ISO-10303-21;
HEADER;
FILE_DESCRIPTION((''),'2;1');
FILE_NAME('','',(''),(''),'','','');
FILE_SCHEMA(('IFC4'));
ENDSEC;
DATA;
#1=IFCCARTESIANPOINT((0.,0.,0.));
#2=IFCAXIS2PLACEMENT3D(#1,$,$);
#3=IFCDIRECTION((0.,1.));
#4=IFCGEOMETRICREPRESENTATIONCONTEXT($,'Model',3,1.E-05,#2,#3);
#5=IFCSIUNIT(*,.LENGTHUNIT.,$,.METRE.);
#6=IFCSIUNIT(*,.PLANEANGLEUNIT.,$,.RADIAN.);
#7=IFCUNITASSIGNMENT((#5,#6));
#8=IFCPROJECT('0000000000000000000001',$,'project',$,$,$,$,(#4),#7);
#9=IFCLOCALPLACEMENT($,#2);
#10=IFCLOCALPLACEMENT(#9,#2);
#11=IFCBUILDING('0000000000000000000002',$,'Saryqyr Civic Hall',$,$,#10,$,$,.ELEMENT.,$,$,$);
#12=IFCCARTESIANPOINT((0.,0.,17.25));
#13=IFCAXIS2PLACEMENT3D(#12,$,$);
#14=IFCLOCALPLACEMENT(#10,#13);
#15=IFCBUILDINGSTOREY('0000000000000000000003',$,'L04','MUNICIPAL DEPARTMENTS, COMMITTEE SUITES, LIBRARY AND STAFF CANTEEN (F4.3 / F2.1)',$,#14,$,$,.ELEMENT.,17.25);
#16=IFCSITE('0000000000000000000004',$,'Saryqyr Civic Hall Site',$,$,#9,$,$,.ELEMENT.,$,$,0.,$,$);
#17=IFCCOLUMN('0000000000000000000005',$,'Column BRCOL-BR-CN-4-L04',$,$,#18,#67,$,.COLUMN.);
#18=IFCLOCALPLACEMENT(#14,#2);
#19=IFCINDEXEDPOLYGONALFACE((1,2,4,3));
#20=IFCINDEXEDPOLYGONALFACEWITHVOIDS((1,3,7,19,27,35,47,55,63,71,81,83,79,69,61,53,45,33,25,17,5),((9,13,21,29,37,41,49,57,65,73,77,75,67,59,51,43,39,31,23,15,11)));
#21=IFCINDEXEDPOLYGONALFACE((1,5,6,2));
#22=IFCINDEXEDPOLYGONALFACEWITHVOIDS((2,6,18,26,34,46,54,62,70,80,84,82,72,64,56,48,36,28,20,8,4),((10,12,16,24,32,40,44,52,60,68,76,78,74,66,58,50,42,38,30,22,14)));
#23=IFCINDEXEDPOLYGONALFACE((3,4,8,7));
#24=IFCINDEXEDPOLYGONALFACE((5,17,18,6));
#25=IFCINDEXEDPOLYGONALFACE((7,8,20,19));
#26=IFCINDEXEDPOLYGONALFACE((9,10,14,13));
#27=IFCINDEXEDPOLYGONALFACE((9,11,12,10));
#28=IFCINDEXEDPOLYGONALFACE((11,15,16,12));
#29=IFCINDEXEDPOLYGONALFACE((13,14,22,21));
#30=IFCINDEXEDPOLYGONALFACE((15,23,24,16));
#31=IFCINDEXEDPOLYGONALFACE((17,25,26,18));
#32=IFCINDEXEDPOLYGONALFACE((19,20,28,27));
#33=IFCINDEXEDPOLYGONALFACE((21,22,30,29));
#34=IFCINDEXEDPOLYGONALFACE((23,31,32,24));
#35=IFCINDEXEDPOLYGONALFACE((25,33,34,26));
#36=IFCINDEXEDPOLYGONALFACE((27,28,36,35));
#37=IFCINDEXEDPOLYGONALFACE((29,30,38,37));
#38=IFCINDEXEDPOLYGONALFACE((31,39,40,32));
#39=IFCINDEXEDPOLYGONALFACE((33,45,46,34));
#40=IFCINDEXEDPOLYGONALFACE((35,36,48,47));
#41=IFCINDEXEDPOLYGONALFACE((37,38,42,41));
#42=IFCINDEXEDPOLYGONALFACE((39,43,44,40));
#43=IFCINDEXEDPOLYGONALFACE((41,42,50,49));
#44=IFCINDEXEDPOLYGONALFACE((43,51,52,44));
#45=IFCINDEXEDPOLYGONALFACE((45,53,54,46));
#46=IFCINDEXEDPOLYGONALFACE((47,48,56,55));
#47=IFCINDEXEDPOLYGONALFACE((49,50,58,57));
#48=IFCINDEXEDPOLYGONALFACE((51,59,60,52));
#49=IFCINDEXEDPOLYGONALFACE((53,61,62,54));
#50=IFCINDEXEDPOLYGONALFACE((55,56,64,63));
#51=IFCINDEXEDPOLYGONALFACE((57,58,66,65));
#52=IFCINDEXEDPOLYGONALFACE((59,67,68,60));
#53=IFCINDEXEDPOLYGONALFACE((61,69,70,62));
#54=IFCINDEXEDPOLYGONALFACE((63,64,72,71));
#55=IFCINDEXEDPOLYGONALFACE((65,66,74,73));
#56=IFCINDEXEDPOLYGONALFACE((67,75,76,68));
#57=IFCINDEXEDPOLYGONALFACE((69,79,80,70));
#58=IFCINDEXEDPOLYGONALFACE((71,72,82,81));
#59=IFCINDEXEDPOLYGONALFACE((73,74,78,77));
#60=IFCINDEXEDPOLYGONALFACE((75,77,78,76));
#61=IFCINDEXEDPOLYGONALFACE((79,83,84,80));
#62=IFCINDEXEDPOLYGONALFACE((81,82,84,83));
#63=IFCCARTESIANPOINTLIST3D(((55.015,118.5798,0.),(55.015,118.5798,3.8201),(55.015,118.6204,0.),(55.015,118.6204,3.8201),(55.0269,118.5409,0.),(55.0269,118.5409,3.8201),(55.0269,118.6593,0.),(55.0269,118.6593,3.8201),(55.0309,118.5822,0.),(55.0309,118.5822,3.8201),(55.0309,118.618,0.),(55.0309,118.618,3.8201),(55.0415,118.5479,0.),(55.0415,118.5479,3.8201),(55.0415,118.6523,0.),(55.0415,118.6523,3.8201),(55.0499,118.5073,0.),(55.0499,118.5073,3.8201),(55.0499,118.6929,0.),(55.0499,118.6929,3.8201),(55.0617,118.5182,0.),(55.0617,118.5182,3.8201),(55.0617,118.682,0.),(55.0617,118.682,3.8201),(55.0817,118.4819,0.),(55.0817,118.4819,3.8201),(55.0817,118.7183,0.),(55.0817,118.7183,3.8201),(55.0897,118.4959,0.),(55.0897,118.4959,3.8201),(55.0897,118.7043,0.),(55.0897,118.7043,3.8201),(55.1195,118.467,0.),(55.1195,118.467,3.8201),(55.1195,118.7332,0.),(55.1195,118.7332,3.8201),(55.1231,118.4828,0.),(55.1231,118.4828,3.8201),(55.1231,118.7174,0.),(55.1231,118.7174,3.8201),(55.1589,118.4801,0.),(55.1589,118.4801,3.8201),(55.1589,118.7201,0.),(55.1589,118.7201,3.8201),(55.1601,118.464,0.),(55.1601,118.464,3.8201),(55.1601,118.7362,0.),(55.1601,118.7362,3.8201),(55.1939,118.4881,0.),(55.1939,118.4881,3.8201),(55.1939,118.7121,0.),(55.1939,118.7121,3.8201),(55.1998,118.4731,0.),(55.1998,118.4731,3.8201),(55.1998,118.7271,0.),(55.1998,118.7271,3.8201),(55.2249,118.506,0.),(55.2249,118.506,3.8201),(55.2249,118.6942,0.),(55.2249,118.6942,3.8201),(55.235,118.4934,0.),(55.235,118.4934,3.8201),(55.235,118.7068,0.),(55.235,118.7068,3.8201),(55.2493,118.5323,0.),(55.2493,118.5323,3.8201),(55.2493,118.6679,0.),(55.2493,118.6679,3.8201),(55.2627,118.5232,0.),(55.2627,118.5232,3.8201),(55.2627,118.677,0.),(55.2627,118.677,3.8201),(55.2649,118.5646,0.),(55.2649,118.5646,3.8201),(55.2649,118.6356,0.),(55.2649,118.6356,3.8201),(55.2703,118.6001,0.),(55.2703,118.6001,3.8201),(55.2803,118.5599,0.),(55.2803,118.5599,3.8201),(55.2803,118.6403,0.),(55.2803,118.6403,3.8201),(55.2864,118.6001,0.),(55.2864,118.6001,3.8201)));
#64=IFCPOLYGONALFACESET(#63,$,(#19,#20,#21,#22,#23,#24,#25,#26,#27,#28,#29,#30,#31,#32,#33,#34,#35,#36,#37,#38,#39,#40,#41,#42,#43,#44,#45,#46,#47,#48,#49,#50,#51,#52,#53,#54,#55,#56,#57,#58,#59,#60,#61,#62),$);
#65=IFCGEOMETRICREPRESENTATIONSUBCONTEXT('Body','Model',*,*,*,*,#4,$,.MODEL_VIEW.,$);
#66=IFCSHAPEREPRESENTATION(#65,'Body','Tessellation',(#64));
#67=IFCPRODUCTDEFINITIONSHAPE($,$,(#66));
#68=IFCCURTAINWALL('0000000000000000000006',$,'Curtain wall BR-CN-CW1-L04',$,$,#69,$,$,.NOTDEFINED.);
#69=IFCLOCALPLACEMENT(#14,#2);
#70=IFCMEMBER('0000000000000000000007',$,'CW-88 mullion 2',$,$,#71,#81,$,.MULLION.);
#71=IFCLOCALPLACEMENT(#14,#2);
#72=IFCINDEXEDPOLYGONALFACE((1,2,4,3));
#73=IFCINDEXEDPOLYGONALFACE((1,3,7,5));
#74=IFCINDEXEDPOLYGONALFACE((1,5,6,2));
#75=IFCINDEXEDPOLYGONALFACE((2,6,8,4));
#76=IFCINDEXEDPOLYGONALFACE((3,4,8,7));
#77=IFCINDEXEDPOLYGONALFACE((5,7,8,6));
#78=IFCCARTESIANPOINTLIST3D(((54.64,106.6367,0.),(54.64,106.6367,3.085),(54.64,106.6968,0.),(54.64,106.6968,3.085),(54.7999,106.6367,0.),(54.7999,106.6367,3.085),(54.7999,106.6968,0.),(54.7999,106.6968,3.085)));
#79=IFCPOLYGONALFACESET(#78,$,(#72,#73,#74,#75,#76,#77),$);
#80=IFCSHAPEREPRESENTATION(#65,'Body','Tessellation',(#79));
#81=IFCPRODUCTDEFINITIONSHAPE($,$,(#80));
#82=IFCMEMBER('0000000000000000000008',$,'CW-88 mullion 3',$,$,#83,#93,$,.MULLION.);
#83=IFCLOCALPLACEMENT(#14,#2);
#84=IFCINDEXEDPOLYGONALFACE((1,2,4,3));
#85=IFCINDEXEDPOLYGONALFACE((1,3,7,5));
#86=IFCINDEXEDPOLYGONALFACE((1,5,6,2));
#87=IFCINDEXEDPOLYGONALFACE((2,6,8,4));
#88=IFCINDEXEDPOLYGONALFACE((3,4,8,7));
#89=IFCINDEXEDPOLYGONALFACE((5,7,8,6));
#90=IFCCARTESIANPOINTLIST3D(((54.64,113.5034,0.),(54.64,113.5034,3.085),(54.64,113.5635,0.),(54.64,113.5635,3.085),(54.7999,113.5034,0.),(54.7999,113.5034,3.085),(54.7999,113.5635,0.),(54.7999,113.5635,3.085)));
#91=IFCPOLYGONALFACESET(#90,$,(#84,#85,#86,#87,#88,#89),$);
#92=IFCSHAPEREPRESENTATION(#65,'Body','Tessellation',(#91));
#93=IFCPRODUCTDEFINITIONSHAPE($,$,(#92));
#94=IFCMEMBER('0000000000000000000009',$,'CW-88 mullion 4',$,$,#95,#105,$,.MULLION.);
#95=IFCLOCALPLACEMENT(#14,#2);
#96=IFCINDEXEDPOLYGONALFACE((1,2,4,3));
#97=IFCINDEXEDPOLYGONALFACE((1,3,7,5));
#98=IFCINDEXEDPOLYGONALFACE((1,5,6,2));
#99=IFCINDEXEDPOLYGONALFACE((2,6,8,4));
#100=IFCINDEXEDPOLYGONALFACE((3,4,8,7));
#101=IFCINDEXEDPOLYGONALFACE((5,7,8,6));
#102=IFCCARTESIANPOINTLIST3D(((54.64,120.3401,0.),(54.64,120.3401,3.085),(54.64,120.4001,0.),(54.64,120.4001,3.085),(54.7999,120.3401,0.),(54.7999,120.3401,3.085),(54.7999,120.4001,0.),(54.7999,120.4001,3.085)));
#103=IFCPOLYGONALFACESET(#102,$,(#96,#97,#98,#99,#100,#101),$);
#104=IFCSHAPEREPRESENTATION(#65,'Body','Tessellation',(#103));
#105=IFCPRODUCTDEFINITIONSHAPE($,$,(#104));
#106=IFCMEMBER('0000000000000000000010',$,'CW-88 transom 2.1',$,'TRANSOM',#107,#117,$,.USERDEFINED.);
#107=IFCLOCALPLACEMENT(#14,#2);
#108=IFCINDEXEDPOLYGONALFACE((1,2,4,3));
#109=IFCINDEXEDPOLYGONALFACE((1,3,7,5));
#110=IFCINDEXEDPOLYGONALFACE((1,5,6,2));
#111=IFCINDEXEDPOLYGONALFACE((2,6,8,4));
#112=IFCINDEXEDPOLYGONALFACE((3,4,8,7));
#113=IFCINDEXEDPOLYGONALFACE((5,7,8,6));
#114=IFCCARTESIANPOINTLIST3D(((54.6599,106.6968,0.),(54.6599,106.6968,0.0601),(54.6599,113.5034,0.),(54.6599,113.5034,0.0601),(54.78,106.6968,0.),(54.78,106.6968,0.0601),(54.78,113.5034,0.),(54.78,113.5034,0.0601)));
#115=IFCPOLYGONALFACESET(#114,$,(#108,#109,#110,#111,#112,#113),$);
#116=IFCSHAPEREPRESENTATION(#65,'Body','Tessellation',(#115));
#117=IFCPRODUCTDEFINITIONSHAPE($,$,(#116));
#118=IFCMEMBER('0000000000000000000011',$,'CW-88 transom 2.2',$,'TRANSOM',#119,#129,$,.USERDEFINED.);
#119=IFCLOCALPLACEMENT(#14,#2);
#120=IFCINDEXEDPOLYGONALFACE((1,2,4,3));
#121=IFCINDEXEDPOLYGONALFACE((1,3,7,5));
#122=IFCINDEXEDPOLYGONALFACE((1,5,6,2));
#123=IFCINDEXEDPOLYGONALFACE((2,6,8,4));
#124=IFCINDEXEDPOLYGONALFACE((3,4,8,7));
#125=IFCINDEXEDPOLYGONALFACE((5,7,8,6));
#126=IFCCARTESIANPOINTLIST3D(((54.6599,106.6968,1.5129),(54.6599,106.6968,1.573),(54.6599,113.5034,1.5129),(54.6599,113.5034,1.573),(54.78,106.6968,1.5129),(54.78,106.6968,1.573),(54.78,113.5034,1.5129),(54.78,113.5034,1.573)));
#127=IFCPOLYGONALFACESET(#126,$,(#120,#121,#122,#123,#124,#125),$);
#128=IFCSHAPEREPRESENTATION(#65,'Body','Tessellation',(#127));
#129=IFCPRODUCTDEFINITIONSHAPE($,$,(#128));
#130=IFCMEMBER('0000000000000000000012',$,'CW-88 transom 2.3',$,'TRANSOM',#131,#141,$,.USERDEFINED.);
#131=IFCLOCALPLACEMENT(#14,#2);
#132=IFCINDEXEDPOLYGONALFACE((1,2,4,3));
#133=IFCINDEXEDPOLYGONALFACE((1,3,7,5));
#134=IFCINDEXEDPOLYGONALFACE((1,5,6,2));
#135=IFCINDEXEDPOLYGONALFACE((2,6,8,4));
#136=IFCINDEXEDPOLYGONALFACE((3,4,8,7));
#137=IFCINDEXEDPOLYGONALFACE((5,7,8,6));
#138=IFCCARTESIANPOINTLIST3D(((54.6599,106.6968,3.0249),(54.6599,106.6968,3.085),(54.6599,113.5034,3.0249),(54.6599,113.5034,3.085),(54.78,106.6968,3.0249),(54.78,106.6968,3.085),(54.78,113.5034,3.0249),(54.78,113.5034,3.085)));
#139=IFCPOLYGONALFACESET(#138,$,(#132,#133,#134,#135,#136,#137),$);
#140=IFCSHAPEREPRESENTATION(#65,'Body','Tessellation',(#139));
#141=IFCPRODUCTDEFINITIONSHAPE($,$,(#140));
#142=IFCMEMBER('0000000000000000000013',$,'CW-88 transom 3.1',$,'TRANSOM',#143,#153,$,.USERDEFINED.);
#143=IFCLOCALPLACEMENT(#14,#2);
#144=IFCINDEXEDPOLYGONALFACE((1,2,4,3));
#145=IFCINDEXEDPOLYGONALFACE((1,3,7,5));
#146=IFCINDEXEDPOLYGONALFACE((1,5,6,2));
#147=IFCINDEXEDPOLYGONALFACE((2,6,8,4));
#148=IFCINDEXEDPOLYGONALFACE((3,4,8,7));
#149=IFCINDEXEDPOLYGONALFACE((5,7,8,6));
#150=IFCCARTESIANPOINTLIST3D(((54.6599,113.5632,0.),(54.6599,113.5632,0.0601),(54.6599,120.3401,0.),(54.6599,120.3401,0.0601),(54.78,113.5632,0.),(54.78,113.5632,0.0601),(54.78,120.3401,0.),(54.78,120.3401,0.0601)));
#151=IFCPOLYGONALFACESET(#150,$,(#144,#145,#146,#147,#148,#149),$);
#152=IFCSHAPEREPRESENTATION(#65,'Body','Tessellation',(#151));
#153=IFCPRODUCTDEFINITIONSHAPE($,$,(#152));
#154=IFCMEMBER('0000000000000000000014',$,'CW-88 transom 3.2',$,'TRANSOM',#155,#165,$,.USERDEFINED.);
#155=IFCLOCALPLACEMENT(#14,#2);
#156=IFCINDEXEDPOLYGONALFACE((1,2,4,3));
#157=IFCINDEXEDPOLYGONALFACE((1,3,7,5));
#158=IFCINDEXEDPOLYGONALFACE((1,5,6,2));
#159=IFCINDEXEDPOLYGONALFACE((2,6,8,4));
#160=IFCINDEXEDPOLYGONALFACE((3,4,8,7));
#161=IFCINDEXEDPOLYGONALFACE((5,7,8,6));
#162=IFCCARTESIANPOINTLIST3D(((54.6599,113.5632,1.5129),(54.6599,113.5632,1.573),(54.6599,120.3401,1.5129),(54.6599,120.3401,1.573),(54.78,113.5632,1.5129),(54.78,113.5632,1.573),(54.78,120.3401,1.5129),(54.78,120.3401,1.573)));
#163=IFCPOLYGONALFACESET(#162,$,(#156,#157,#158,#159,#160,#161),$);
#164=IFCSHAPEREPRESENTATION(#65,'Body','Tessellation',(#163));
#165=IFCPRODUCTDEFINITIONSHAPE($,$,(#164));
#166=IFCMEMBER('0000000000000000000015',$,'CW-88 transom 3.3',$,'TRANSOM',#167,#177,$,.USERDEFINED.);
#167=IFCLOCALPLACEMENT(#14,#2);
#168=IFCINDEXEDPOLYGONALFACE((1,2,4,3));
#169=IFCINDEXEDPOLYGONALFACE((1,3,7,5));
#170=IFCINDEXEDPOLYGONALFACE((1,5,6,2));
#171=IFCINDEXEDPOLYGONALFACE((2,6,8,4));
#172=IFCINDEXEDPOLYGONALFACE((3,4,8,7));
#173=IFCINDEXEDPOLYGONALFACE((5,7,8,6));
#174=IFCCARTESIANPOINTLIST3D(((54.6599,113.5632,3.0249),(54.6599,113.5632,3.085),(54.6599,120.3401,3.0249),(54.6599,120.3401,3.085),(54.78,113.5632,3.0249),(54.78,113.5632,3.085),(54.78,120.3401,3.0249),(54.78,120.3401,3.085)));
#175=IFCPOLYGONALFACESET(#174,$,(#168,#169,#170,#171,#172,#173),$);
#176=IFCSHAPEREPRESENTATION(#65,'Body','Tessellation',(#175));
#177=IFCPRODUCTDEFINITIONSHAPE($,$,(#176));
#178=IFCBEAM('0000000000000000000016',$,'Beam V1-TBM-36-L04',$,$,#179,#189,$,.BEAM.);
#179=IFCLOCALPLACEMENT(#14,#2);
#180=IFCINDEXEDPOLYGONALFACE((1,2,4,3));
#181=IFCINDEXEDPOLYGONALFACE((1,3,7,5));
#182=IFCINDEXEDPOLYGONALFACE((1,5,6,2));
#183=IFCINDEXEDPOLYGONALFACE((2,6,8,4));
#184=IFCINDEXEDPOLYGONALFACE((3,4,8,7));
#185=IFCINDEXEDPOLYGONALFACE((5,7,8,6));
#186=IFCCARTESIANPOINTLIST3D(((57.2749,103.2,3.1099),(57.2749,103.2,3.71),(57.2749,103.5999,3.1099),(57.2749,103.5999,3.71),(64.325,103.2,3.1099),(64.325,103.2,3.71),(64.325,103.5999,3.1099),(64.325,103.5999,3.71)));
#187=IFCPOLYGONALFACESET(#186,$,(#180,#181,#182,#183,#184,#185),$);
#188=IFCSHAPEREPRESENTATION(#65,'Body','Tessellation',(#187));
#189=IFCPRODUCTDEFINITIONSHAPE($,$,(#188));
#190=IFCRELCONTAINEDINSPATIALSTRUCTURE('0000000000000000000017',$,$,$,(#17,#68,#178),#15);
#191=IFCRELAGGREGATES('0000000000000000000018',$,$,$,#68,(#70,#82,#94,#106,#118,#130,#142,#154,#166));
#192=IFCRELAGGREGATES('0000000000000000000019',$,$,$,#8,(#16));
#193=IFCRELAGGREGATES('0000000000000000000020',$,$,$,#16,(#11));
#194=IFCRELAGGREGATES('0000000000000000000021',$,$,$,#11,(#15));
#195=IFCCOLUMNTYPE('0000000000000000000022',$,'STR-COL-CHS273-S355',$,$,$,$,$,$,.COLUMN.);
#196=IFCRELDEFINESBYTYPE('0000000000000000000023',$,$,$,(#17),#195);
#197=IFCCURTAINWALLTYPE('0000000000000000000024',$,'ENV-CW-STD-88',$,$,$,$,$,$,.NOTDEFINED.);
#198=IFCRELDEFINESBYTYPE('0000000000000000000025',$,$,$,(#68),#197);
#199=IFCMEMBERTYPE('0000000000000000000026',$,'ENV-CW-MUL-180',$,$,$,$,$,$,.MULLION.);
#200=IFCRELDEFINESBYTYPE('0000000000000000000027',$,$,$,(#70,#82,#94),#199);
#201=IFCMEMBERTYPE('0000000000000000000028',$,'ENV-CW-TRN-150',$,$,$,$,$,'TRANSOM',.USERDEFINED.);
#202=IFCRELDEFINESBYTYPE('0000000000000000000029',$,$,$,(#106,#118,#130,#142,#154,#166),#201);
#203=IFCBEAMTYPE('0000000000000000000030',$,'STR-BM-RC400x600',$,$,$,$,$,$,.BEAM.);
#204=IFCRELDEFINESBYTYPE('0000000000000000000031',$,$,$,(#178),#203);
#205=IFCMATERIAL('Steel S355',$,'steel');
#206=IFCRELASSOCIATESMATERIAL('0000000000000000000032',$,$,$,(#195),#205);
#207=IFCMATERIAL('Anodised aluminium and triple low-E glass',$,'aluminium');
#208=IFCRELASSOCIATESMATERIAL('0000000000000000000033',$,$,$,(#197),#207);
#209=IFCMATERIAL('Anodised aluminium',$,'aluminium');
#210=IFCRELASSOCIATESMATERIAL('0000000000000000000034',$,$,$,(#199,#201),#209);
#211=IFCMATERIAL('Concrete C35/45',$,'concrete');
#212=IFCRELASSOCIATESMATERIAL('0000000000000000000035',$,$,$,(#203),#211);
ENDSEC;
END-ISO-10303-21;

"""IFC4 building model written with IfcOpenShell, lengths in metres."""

from ifc_helpers import new_model, si_unit, direction, frame, origin, origin_2d, place, context, subcontext, project, spatial, rectangle, hollow_circle, extrude, material, material_profile, profile_set, type_object, element, aggregate, save


model = new_model("IFC4")

# Units and contexts
model_context = context("Model", 3, precision=1e-05, world=origin(), true_north=direction((0.0, 1.0)))
body_context = subcontext(model_context, "Body", "Model", "MODEL_VIEW")
ifc_project = project(units=[si_unit("LENGTHUNIT", "METRE"), si_unit("PLANEANGLEUNIT", "RADIAN")], contexts=[model_context])

# Site, building, storey
site_placement = place(None, origin())
site = spatial("IfcSite", under=ifc_project, at=site_placement, Name="Saryqyr Civic Hall Site", CompositionType="ELEMENT", RefElevation=0.0)
building_placement = place(site_placement, origin())
building = spatial("IfcBuilding", under=site, at=building_placement, Name="Saryqyr Civic Hall", CompositionType="ELEMENT")
storey_placement = place(building_placement, frame((0.0, 0.0, 17.25)))
storey = spatial("IfcBuildingStorey", under=building, at=storey_placement, Name="L04", Description="MUNICIPAL DEPARTMENTS, COMMITTEE SUITES, LIBRARY AND STAFF CANTEEN (F4.3 / F2.1)", CompositionType="ELEMENT", Elevation=17.25)

# Column
ifc_material_1 = material(Name="Steel S355", Category="steel")
ifc_material_profile_1 = material_profile(ifc_material_1, hollow_circle(Radius=0.1365, WallThickness=0.0161, at=origin_2d()), Name="CHS 273x16")
ifc_profile_set_1 = profile_set([ifc_material_profile_1], Name="Steel S355")
column_type = type_object("IfcColumnType", Name="STR-COL-CHS273-S355", PredefinedType="COLUMN", material=ifc_profile_set_1)
for number, where, z_axis, x_axis, name in (
    (1, (55.1499, 118.6001, 0.0), (0.0, 0.0, 1.0), (1.0, 0.0, 0.0), "Column BRCOL-BR-CN-4-L04"),
):
    element("IfcColumn", number, at=place(storey_placement, frame(where, z_axis=z_axis, x_axis=x_axis)), inside=storey, type_object=column_type, Name=name, PredefinedType="COLUMN", context=body_context, shape_type="SweptSolid", body=[
        extrude(hollow_circle(Radius=0.1365, WallThickness=0.0161, at=origin_2d()), origin(), (0.0, 0.0, 1.0), 3.8201),
    ])

# Curtain wall, members
ifc_material_2 = material(Name="Anodised aluminium and triple low-E glass", Category="aluminium")
curtain_wall_type = type_object("IfcCurtainWallType", Name="ENV-CW-STD-88", PredefinedType="NOTDEFINED", material=ifc_material_2)
curtain_wall_placement = place(storey_placement, origin())
curtain_wall = element("IfcCurtainWall", 2, at=curtain_wall_placement, inside=storey, type_object=curtain_wall_type, Name="Curtain wall BR-CN-CW1-L04", PredefinedType="NOTDEFINED")
ifc_material_3 = material(Name="Anodised aluminium", Category="aluminium")
ifc_material_profile_2 = material_profile(ifc_material_3, rectangle(XDim=0.0601, YDim=0.1599, at=origin_2d()), Name="ALU MULLION 60x160")
ifc_profile_set_2 = profile_set([ifc_material_profile_2], Name="Anodised aluminium")
member_type_1 = type_object("IfcMemberType", Name="ENV-CW-MUL-180", PredefinedType="MULLION", material=ifc_profile_set_2)
member_1_placement = place(storey_placement, frame((54.72, 106.6667, 0.0), z_axis=(0.0, 0.0, 1.0), x_axis=(0.0, 1.0, 0.0)))
member_1 = element("IfcMember", 3, at=member_1_placement, type_object=member_type_1, Name="CW-88 mullion 2", PredefinedType="MULLION", context=body_context, shape_type="SweptSolid", body=[
    extrude(rectangle(XDim=0.0601, YDim=0.1599, at=origin_2d()), origin(), (0.0, 0.0, 1.0), 3.085),
])
member_2_placement = place(storey_placement, frame((54.72, 113.5334, 0.0), z_axis=(0.0, 0.0, 1.0), x_axis=(0.0, 1.0, 0.0)))
member_2 = element("IfcMember", 4, at=member_2_placement, type_object=member_type_1, Name="CW-88 mullion 3", PredefinedType="MULLION", context=body_context, shape_type="SweptSolid", body=[
    extrude(rectangle(XDim=0.0601, YDim=0.1599, at=origin_2d()), origin(), (0.0, 0.0, 1.0), 3.085),
])
member_3_placement = place(storey_placement, frame((54.72, 120.3701, 0.0), z_axis=(0.0, 0.0, 1.0), x_axis=(0.0, 1.0, 0.0)))
member_3 = element("IfcMember", 5, at=member_3_placement, type_object=member_type_1, Name="CW-88 mullion 4", PredefinedType="MULLION", context=body_context, shape_type="SweptSolid", body=[
    extrude(rectangle(XDim=0.0601, YDim=0.1599, at=origin_2d()), origin(), (0.0, 0.0, 1.0), 3.085),
])
ifc_material_profile_3 = material_profile(ifc_material_3, rectangle(XDim=0.1201, YDim=0.0601, at=origin_2d()), Name="ALU TRANSOM 120x60")
ifc_profile_set_3 = profile_set([ifc_material_profile_3], Name="Anodised aluminium")
member_type_2 = type_object("IfcMemberType", Name="ENV-CW-TRN-150", ElementType="TRANSOM", PredefinedType="USERDEFINED", material=ifc_profile_set_3)
member_4_placement = place(storey_placement, frame((54.72, 106.6968, 0.03), z_axis=(0.0, 1.0, 0.0), x_axis=(-1.0, 0.0, 0.0)))
member_4 = element("IfcMember", 6, at=member_4_placement, type_object=member_type_2, Name="CW-88 transom 2.1", ObjectType="TRANSOM", PredefinedType="USERDEFINED", context=body_context, shape_type="SweptSolid", body=[
    extrude(rectangle(XDim=0.1201, YDim=0.0601, at=origin_2d()), origin(), (0.0, 0.0, 1.0), 6.8066),
])
member_5_placement = place(storey_placement, frame((54.72, 106.6968, 1.543), z_axis=(0.0, 1.0, 0.0), x_axis=(-1.0, 0.0, 0.0)))
member_5 = element("IfcMember", 7, at=member_5_placement, type_object=member_type_2, Name="CW-88 transom 2.2", ObjectType="TRANSOM", PredefinedType="USERDEFINED", context=body_context, shape_type="SweptSolid", body=[
    extrude(rectangle(XDim=0.1201, YDim=0.0601, at=origin_2d()), origin(), (0.0, 0.0, 1.0), 6.8066),
])
member_6_placement = place(storey_placement, frame((54.72, 106.6968, 3.0549), z_axis=(0.0, 1.0, 0.0), x_axis=(-1.0, 0.0, 0.0)))
member_6 = element("IfcMember", 8, at=member_6_placement, type_object=member_type_2, Name="CW-88 transom 2.3", ObjectType="TRANSOM", PredefinedType="USERDEFINED", context=body_context, shape_type="SweptSolid", body=[
    extrude(rectangle(XDim=0.1201, YDim=0.0601, at=origin_2d()), origin(), (0.0, 0.0, 1.0), 6.8066),
])
member_7_placement = place(storey_placement, frame((54.72, 113.5632, 0.03), z_axis=(0.0, 1.0, 0.0), x_axis=(-1.0, 0.0, 0.0)))
member_7 = element("IfcMember", 9, at=member_7_placement, type_object=member_type_2, Name="CW-88 transom 3.1", ObjectType="TRANSOM", PredefinedType="USERDEFINED", context=body_context, shape_type="SweptSolid", body=[
    extrude(rectangle(XDim=0.1201, YDim=0.0601, at=origin_2d()), origin(), (0.0, 0.0, 1.0), 6.7769),
])
member_8_placement = place(storey_placement, frame((54.72, 113.5632, 1.543), z_axis=(0.0, 1.0, 0.0), x_axis=(-1.0, 0.0, 0.0)))
member_8 = element("IfcMember", 10, at=member_8_placement, type_object=member_type_2, Name="CW-88 transom 3.2", ObjectType="TRANSOM", PredefinedType="USERDEFINED", context=body_context, shape_type="SweptSolid", body=[
    extrude(rectangle(XDim=0.1201, YDim=0.0601, at=origin_2d()), origin(), (0.0, 0.0, 1.0), 6.7769),
])
member_9_placement = place(storey_placement, frame((54.72, 113.5632, 3.0549), z_axis=(0.0, 1.0, 0.0), x_axis=(-1.0, 0.0, 0.0)))
member_9 = element("IfcMember", 11, at=member_9_placement, type_object=member_type_2, Name="CW-88 transom 3.3", ObjectType="TRANSOM", PredefinedType="USERDEFINED", context=body_context, shape_type="SweptSolid", body=[
    extrude(rectangle(XDim=0.1201, YDim=0.0601, at=origin_2d()), origin(), (0.0, 0.0, 1.0), 6.7769),
])

# Beam
ifc_material_4 = material(Name="Concrete C35/45", Category="concrete")
ifc_material_profile_4 = material_profile(ifc_material_4, rectangle(XDim=0.3999, YDim=0.6001, at=origin_2d()), Name="RC 400x600")
ifc_profile_set_4 = profile_set([ifc_material_profile_4], Name="Concrete C35/45")
beam_type = type_object("IfcBeamType", Name="STR-BM-RC400x600", PredefinedType="BEAM", material=ifc_profile_set_4)
beam_placement = place(storey_placement, frame((57.2749, 103.3999, 3.4099), z_axis=(1.0, 0.0, 0.0), x_axis=(0.0, 1.0, 0.0)))
element("IfcBeam", 12, at=beam_placement, inside=storey, type_object=beam_type, Name="Beam V1-TBM-36-L04", PredefinedType="BEAM", context=body_context, shape_type="SweptSolid", body=[
    extrude(rectangle(XDim=0.3999, YDim=0.6001, at=origin_2d()), origin(), (0.0, 0.0, 1.0), 7.05),
])

aggregate(curtain_wall, [member_1, member_2, member_3, member_4, member_5, member_6, member_7, member_8, member_9])

save(model, "model.ifc")
